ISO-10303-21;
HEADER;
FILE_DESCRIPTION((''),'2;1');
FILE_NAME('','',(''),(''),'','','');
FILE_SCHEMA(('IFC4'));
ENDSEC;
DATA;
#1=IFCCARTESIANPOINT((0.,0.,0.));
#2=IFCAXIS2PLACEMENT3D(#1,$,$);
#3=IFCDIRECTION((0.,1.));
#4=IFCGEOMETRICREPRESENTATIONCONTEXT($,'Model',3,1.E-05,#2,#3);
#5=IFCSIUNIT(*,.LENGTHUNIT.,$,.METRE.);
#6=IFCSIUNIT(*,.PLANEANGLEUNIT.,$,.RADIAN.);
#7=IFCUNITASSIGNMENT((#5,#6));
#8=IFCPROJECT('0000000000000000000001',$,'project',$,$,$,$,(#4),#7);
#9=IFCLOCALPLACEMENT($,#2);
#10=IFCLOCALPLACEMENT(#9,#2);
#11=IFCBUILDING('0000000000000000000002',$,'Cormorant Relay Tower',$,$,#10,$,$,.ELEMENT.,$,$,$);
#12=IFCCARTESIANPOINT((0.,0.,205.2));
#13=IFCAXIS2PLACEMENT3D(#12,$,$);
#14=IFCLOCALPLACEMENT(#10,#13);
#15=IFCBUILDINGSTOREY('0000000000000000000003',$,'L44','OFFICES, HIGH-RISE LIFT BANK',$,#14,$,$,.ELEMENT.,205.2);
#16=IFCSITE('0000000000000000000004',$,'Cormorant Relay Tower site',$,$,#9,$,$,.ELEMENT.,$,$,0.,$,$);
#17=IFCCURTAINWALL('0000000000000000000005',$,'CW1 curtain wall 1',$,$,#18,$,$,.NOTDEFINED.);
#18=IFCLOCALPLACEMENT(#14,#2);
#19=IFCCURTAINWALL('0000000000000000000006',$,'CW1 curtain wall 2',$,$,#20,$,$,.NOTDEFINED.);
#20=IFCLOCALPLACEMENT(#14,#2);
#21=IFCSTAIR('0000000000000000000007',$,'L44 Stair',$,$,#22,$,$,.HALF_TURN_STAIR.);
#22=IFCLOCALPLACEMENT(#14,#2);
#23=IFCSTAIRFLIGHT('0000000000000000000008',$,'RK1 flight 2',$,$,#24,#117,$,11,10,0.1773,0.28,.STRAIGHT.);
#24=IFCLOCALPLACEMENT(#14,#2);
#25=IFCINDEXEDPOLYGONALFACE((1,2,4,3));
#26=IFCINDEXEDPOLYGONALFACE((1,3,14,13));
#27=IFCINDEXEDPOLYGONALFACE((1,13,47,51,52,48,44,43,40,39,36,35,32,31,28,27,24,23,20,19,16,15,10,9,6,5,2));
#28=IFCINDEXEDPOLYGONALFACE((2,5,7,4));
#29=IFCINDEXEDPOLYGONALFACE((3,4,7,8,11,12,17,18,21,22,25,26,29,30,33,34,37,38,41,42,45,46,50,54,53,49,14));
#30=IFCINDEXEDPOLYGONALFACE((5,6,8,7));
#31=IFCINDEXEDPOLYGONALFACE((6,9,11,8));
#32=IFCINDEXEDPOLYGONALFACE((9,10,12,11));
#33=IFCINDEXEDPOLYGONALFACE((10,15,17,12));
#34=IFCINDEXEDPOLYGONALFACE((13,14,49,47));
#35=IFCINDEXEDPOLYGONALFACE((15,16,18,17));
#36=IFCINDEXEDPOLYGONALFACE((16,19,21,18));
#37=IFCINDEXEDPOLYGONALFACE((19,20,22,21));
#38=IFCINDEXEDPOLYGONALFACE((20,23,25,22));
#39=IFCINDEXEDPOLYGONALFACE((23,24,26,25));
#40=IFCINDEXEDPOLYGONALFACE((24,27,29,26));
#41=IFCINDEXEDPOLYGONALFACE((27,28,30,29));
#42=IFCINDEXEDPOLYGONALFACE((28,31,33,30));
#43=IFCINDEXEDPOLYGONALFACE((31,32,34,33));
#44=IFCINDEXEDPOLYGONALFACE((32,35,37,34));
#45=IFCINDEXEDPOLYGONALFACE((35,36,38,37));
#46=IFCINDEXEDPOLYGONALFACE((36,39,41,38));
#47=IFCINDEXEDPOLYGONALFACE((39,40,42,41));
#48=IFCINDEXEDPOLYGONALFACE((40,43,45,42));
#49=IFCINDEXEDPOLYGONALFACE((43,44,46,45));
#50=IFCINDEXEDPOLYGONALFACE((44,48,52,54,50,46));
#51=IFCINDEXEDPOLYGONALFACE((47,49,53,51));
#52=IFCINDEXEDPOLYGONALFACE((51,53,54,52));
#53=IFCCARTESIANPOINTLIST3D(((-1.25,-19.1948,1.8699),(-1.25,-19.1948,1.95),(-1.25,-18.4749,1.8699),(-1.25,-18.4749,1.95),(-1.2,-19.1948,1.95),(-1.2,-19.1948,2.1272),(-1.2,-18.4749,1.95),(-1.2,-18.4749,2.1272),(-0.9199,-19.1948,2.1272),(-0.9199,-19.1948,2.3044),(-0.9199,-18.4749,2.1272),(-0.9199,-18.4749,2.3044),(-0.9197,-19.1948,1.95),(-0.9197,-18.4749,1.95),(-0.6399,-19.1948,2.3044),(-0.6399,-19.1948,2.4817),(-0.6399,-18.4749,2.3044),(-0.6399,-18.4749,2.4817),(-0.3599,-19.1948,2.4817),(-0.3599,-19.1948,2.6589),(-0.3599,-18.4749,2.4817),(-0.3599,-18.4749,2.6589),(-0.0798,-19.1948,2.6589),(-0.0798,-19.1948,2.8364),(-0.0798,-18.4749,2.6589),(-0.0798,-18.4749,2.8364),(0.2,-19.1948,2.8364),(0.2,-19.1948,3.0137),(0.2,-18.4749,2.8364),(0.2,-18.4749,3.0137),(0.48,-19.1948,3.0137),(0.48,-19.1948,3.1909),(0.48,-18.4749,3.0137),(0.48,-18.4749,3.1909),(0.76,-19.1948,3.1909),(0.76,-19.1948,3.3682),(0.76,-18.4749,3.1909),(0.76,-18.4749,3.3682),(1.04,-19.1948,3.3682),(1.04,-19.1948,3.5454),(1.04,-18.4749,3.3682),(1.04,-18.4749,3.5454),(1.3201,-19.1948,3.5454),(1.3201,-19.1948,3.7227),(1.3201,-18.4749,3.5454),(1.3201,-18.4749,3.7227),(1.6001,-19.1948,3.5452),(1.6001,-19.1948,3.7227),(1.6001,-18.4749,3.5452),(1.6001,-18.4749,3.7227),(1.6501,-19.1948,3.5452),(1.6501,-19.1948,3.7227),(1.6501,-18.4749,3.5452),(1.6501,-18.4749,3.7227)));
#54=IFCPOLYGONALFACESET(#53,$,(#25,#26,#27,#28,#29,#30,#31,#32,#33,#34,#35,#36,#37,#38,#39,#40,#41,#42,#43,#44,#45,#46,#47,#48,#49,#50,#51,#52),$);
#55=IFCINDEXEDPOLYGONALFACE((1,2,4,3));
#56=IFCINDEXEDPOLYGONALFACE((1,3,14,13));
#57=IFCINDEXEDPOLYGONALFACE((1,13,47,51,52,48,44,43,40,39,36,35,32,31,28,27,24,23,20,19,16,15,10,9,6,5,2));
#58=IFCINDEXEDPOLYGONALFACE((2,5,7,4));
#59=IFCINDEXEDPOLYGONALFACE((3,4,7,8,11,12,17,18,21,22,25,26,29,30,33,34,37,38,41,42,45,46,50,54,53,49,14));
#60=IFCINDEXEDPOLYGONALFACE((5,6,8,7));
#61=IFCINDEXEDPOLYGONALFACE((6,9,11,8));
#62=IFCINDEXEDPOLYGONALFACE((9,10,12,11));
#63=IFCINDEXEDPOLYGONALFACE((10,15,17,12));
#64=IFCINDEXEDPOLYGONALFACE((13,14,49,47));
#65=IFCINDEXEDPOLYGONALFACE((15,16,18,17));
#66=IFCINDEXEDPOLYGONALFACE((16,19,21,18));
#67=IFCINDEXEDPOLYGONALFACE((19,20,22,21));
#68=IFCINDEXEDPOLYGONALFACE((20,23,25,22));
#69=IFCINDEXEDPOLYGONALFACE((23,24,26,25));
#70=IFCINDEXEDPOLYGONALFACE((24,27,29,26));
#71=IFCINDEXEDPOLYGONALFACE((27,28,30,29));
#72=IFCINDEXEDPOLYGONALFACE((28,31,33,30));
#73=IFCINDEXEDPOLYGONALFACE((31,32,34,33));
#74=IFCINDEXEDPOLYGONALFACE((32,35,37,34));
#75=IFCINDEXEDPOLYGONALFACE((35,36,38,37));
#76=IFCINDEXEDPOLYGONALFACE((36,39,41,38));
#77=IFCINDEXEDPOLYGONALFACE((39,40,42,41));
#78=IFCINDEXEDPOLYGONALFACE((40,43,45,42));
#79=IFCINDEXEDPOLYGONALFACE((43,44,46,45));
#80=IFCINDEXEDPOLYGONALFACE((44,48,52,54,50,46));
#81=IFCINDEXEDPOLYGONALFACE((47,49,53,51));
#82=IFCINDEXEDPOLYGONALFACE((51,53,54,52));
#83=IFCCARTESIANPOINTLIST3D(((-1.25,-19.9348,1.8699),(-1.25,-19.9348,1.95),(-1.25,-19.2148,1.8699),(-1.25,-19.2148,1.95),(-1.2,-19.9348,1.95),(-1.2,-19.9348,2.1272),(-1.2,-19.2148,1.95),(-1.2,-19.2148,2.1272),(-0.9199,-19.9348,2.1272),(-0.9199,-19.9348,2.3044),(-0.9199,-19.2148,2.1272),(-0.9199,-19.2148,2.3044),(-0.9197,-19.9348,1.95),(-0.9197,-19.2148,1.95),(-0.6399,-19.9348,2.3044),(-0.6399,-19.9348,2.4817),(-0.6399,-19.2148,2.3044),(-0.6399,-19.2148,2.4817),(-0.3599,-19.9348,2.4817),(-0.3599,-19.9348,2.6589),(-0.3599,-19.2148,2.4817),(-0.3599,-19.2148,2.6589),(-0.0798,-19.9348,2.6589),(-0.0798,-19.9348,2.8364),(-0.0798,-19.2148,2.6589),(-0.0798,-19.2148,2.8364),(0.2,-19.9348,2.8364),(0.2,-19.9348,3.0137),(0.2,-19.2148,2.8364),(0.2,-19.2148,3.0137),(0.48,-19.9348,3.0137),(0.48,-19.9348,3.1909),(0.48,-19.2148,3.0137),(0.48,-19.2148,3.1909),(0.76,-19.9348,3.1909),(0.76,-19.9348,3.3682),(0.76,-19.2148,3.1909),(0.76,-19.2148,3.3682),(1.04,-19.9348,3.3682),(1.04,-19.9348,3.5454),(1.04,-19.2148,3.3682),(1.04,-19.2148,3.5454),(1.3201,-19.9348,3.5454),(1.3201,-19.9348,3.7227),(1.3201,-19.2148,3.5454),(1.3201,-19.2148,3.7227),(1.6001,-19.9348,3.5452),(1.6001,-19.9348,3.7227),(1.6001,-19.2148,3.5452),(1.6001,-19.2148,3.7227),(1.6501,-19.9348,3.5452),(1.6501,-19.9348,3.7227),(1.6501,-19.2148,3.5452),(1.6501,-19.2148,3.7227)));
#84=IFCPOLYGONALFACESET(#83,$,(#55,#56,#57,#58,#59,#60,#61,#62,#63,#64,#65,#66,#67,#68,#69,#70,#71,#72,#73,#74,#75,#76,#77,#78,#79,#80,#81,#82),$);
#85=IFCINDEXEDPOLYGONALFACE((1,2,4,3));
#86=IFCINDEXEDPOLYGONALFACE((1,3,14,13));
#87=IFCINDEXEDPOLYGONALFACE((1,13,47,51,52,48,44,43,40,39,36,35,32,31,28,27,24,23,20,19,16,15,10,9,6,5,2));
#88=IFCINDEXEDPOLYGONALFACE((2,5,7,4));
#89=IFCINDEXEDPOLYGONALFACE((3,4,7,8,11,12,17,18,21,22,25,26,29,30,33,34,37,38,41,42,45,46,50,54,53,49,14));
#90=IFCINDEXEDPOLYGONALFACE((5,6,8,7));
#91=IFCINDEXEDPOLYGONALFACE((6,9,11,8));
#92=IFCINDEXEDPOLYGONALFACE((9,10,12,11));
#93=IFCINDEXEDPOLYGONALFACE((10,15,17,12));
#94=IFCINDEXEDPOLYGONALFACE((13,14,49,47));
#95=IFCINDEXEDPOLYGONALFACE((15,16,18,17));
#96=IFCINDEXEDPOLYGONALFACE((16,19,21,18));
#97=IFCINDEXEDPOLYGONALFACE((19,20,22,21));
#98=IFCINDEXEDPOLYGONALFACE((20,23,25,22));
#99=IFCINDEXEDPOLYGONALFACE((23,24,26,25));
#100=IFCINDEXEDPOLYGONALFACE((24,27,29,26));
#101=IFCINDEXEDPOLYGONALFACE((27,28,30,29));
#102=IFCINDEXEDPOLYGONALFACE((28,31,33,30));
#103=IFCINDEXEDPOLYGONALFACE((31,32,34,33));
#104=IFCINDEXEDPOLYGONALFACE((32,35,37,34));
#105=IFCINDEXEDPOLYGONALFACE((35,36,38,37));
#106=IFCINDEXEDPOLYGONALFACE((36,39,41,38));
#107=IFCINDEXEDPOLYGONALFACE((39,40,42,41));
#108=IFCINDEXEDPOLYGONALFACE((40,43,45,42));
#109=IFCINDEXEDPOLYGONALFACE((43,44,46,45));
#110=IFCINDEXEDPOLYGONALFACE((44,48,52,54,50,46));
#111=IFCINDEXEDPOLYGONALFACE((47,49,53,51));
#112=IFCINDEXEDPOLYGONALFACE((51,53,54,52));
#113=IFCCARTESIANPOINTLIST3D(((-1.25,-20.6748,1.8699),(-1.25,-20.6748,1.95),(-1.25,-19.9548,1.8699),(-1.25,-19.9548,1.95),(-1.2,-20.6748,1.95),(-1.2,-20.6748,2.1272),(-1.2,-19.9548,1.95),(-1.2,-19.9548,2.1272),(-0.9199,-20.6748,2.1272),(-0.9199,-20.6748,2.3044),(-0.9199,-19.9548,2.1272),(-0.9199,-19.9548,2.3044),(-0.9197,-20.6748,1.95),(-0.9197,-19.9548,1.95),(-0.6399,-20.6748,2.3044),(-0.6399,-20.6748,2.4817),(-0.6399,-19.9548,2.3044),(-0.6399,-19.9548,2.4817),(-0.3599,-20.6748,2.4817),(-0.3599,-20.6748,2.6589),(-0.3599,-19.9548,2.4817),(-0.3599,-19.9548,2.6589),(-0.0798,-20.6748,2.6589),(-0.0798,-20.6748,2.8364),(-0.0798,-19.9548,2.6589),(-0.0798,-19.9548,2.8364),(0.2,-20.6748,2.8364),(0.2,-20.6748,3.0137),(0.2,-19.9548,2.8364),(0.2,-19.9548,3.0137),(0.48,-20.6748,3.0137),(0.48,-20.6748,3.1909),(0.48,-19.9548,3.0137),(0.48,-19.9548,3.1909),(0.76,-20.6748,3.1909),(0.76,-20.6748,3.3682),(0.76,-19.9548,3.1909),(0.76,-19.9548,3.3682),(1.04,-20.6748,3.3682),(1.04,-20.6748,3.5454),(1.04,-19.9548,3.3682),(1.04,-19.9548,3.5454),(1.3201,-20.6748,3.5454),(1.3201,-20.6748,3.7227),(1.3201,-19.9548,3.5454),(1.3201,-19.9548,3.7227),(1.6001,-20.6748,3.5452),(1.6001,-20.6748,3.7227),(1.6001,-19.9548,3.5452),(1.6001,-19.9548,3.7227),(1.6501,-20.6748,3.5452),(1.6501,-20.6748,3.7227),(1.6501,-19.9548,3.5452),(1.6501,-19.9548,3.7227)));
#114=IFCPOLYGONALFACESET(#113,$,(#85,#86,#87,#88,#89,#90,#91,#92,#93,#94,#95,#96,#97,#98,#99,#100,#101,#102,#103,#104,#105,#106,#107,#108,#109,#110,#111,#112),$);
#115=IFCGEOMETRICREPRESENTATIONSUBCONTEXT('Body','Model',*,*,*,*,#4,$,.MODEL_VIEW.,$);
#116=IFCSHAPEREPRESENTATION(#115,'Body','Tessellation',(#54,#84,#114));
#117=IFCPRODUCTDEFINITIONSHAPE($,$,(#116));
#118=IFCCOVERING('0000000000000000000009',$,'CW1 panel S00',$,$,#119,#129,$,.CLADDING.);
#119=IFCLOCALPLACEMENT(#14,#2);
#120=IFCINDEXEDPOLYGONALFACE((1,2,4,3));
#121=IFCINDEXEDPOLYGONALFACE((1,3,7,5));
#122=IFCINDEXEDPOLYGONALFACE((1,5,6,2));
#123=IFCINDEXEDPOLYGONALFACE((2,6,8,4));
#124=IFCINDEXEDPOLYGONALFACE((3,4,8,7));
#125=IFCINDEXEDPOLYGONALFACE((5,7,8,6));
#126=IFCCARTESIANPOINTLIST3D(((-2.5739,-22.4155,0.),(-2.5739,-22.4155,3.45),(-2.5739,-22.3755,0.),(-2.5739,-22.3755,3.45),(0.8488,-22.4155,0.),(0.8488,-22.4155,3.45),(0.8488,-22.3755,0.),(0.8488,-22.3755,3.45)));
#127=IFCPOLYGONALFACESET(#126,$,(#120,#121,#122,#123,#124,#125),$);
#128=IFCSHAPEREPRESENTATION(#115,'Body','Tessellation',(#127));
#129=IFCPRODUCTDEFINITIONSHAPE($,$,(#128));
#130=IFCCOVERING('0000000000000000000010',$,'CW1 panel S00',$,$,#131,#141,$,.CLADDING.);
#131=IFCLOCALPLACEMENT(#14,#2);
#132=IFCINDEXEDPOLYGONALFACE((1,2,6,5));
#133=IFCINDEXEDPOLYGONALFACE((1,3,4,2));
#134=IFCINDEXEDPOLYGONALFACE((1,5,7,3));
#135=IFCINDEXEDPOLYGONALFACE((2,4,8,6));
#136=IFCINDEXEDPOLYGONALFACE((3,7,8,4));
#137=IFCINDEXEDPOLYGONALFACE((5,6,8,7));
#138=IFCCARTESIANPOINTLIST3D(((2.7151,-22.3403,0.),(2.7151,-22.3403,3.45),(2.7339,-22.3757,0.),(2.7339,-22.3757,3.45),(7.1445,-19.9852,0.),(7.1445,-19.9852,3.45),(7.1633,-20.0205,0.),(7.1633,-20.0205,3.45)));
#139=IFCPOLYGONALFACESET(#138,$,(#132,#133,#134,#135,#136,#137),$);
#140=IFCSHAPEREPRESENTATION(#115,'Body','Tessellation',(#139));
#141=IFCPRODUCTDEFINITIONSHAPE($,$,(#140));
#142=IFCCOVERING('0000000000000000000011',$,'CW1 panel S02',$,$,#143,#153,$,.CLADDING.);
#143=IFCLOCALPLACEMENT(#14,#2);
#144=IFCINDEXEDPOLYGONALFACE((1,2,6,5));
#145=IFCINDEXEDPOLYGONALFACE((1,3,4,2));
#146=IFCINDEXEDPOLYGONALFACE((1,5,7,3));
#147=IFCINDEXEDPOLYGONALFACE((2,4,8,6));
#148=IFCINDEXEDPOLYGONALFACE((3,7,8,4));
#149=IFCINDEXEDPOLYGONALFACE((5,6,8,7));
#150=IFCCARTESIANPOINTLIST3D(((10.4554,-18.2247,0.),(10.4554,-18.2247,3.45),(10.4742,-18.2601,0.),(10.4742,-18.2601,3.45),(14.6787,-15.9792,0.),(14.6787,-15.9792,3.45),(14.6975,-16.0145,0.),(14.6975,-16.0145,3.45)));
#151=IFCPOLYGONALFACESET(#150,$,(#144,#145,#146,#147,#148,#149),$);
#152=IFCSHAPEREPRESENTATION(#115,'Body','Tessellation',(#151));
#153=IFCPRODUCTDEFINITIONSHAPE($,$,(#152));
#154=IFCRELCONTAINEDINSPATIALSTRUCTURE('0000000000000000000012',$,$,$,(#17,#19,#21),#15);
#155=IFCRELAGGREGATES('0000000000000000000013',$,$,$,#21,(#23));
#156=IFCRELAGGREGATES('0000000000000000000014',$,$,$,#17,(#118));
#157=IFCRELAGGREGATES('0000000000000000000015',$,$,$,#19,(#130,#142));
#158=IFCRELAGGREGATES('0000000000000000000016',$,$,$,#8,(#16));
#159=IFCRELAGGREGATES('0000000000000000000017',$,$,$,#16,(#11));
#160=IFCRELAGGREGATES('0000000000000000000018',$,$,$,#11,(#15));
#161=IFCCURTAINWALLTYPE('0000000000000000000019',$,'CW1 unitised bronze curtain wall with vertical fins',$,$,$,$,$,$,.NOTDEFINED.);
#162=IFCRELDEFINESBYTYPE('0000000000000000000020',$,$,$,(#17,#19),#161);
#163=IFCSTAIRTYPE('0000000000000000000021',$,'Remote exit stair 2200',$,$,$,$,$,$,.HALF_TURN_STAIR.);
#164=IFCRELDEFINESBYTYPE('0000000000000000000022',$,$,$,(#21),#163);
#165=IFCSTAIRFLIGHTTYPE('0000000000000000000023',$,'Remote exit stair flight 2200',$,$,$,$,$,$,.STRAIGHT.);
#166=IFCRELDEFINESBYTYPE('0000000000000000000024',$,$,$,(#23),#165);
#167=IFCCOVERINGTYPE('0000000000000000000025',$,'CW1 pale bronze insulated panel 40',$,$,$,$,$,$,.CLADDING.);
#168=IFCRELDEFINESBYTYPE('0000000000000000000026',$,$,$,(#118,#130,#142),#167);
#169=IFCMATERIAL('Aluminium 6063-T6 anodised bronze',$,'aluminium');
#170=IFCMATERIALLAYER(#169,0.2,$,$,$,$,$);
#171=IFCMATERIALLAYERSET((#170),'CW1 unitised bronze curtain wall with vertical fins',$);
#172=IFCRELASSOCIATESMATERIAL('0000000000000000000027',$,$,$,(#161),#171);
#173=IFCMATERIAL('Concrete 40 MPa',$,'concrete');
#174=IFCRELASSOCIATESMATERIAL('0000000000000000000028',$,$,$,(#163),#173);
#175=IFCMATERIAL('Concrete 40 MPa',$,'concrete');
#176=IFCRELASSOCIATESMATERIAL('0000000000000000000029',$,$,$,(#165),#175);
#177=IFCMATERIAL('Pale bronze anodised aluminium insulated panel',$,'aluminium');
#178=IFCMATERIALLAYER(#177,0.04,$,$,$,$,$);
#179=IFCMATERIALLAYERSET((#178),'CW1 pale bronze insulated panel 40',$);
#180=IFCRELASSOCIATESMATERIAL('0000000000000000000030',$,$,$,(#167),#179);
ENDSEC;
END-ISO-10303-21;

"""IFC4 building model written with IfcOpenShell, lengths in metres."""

from ifc_helpers import new_model, si_unit, direction, frame, origin, origin_2d, place, context, subcontext, project, spatial, polyline, rectangle, outline, extrude, material, layer, layer_set, type_object, element, aggregate, save


model = new_model("IFC4")

# Units and contexts
model_context = context("Model", 3, precision=1e-05, world=origin(), true_north=direction((0.0, 1.0)))
body_context = subcontext(model_context, "Body", "Model", "MODEL_VIEW")
ifc_project = project(units=[si_unit("LENGTHUNIT", "METRE"), si_unit("PLANEANGLEUNIT", "RADIAN")], contexts=[model_context])

# Site, building, storey
site_placement = place(None, origin())
site = spatial("IfcSite", under=ifc_project, at=site_placement, Name="Cormorant Relay Tower site", CompositionType="ELEMENT", RefElevation=0.0)
building_placement = place(site_placement, origin())
building = spatial("IfcBuilding", under=site, at=building_placement, Name="Cormorant Relay Tower", CompositionType="ELEMENT")
storey_placement = place(building_placement, frame((0.0, 0.0, 205.2)))
storey = spatial("IfcBuildingStorey", under=building, at=storey_placement, Name="L44", Description="OFFICES, HIGH-RISE LIFT BANK", CompositionType="ELEMENT", Elevation=205.2)

# Curtain wall
ifc_material_1 = material(Name="Aluminium 6063-T6 anodised bronze", Category="aluminium")
ifc_layer_1 = layer(ifc_material_1, 0.2)
ifc_layer_set_1 = layer_set([ifc_layer_1], Name="CW1 unitised bronze curtain wall with vertical fins")
curtain_wall_type = type_object("IfcCurtainWallType", Name="CW1 unitised bronze curtain wall with vertical fins", PredefinedType="NOTDEFINED", material=ifc_layer_set_1)
curtain_wall_1_placement = place(storey_placement, origin())
curtain_wall_1 = element("IfcCurtainWall", 1, at=curtain_wall_1_placement, inside=storey, type_object=curtain_wall_type, Name="CW1 curtain wall 1", PredefinedType="NOTDEFINED")

# Curtain wall
curtain_wall_2_placement = place(storey_placement, origin())
curtain_wall_2 = element("IfcCurtainWall", 2, at=curtain_wall_2_placement, inside=storey, type_object=curtain_wall_type, Name="CW1 curtain wall 2", PredefinedType="NOTDEFINED")

# Stair, stair flight
ifc_material_2 = material(Name="Concrete 40 MPa", Category="concrete")
stair_type = type_object("IfcStairType", Name="Remote exit stair 2200", PredefinedType="HALF_TURN_STAIR", material=ifc_material_2)
stair_placement = place(storey_placement, origin())
stair = element("IfcStair", 3, at=stair_placement, inside=storey, type_object=stair_type, Name="L44 Stair", PredefinedType="HALF_TURN_STAIR")
ifc_material_3 = material(Name="Concrete 40 MPa", Category="concrete")
stair_flight_type = type_object("IfcStairFlightType", Name="Remote exit stair flight 2200", PredefinedType="STRAIGHT", material=ifc_material_3)
stair_flight_1_placement = place(storey_placement, frame((-1.2, -19.575, 1.95), z_axis=(0.0, 0.0, 1.0), x_axis=(1.0, 0.0, 0.0)))
stair_flight_1 = element("IfcStairFlight", 4, at=stair_flight_1_placement, type_object=stair_flight_type, Name="RK1 flight 2", NumberOfRisers=11, NumberOfTreads=10, PredefinedType="STRAIGHT", RiserHeight=0.1773, TreadLength=0.28, context=body_context, shape_type="SweptSolid", body=[
    extrude(outline(polyline([(-0.05, -0.0801), (-0.05, 0.0), (0.0, 0.0), (0.0, 0.1772), (0.28, 0.1772), (0.28, 0.3545), (0.5601, 0.3545), (0.5601, 0.5317), (0.8401, 0.5317), (0.8401, 0.709), (1.1201, 0.709), (1.1201, 0.8865), (1.3999, 0.8865), (1.3999, 1.0637), (1.6799, 1.0637), (1.6799, 1.241), (1.96, 1.241), (1.96, 1.4182), (2.24, 1.4182), (2.24, 1.5955), (2.52, 1.5955), (2.52, 1.7727), (2.8, 1.7727), (2.8501, 1.7727), (2.8501, 1.5952), (2.8, 1.5952), (0.2803, 0.0), (-0.05, -0.0801)])), frame((0.0, 1.1001, 0.0), z_axis=(0.0, -1.0, 0.0), x_axis=(1.0, 0.0, 0.0)), (0.0, 0.0, 1.0), 0.72),
    extrude(outline(polyline([(-0.05, -0.0801), (-0.05, 0.0), (0.0, 0.0), (0.0, 0.1772), (0.28, 0.1772), (0.28, 0.3545), (0.5601, 0.3545), (0.5601, 0.5317), (0.8401, 0.5317), (0.8401, 0.709), (1.1201, 0.709), (1.1201, 0.8865), (1.3999, 0.8865), (1.3999, 1.0637), (1.6799, 1.0637), (1.6799, 1.241), (1.96, 1.241), (1.96, 1.4182), (2.24, 1.4182), (2.24, 1.5955), (2.52, 1.5955), (2.52, 1.7727), (2.8, 1.7727), (2.8501, 1.7727), (2.8501, 1.5952), (2.8, 1.5952), (0.2803, 0.0), (-0.05, -0.0801)])), frame((0.0, 0.3601, 0.0), z_axis=(0.0, -1.0, 0.0), x_axis=(1.0, 0.0, 0.0)), (0.0, 0.0, 1.0), 0.72),
    extrude(outline(polyline([(-0.05, -0.0801), (-0.05, 0.0), (0.0, 0.0), (0.0, 0.1772), (0.28, 0.1772), (0.28, 0.3545), (0.5601, 0.3545), (0.5601, 0.5317), (0.8401, 0.5317), (0.8401, 0.709), (1.1201, 0.709), (1.1201, 0.8865), (1.3999, 0.8865), (1.3999, 1.0637), (1.6799, 1.0637), (1.6799, 1.241), (1.96, 1.241), (1.96, 1.4182), (2.24, 1.4182), (2.24, 1.5955), (2.52, 1.5955), (2.52, 1.7727), (2.8, 1.7727), (2.8501, 1.7727), (2.8501, 1.5952), (2.8, 1.5952), (0.2803, 0.0), (-0.05, -0.0801)])), frame((0.0, -0.3799, 0.0), z_axis=(0.0, -1.0, 0.0), x_axis=(1.0, 0.0, 0.0)), (0.0, 0.0, 1.0), 0.72),
])
aggregate(stair, [stair_flight_1])

# Coverings
ifc_material_4 = material(Name="Pale bronze anodised aluminium insulated panel", Category="aluminium")
ifc_layer_2 = layer(ifc_material_4, 0.04)
ifc_layer_set_2 = layer_set([ifc_layer_2], Name="CW1 pale bronze insulated panel 40")
covering_type = type_object("IfcCoveringType", Name="CW1 pale bronze insulated panel 40", PredefinedType="CLADDING", material=ifc_layer_set_2)
covering_1_placement = place(storey_placement, frame((-0.8625, -22.3955, 0.0), z_axis=(0.0, 0.0, 1.0), x_axis=(1.0, 0.0, 0.0)))
covering_1 = element("IfcCovering", 5, at=covering_1_placement, type_object=covering_type, Name="CW1 panel S00", PredefinedType="CLADDING", context=body_context, shape_type="SweptSolid", body=[
    extrude(rectangle(XDim=3.4226, YDim=0.04, at=origin_2d()), origin(), (0.0, 0.0, 1.0), 3.45),
])
aggregate(curtain_wall_1, [covering_1])
covering_2_placement = place(storey_placement, frame((4.9392, -21.1804, 0.0), z_axis=(0.0, 0.0, 1.0), x_axis=(0.882948, 0.469472, 0.0)))
covering_2 = element("IfcCovering", 6, at=covering_2_placement, type_object=covering_type, Name="CW1 panel S00", PredefinedType="CLADDING", context=body_context, shape_type="SweptSolid", body=[
    extrude(rectangle(XDim=5.0166, YDim=0.04, at=origin_2d()), origin(), (0.0, 0.0, 1.0), 3.45),
])
covering_3_placement = place(storey_placement, frame((12.5764, -17.1196, 0.0), z_axis=(0.0, 0.0, 1.0), x_axis=(0.882948, 0.469472, 0.0)))
covering_3 = element("IfcCovering", 7, at=covering_3_placement, type_object=covering_type, Name="CW1 panel S02", PredefinedType="CLADDING", context=body_context, shape_type="SweptSolid", body=[
    extrude(rectangle(XDim=4.7832, YDim=0.04, at=origin_2d()), origin(), (0.0, 0.0, 1.0), 3.45),
])
aggregate(curtain_wall_2, [covering_2, covering_3])

save(model, "model.ifc")
